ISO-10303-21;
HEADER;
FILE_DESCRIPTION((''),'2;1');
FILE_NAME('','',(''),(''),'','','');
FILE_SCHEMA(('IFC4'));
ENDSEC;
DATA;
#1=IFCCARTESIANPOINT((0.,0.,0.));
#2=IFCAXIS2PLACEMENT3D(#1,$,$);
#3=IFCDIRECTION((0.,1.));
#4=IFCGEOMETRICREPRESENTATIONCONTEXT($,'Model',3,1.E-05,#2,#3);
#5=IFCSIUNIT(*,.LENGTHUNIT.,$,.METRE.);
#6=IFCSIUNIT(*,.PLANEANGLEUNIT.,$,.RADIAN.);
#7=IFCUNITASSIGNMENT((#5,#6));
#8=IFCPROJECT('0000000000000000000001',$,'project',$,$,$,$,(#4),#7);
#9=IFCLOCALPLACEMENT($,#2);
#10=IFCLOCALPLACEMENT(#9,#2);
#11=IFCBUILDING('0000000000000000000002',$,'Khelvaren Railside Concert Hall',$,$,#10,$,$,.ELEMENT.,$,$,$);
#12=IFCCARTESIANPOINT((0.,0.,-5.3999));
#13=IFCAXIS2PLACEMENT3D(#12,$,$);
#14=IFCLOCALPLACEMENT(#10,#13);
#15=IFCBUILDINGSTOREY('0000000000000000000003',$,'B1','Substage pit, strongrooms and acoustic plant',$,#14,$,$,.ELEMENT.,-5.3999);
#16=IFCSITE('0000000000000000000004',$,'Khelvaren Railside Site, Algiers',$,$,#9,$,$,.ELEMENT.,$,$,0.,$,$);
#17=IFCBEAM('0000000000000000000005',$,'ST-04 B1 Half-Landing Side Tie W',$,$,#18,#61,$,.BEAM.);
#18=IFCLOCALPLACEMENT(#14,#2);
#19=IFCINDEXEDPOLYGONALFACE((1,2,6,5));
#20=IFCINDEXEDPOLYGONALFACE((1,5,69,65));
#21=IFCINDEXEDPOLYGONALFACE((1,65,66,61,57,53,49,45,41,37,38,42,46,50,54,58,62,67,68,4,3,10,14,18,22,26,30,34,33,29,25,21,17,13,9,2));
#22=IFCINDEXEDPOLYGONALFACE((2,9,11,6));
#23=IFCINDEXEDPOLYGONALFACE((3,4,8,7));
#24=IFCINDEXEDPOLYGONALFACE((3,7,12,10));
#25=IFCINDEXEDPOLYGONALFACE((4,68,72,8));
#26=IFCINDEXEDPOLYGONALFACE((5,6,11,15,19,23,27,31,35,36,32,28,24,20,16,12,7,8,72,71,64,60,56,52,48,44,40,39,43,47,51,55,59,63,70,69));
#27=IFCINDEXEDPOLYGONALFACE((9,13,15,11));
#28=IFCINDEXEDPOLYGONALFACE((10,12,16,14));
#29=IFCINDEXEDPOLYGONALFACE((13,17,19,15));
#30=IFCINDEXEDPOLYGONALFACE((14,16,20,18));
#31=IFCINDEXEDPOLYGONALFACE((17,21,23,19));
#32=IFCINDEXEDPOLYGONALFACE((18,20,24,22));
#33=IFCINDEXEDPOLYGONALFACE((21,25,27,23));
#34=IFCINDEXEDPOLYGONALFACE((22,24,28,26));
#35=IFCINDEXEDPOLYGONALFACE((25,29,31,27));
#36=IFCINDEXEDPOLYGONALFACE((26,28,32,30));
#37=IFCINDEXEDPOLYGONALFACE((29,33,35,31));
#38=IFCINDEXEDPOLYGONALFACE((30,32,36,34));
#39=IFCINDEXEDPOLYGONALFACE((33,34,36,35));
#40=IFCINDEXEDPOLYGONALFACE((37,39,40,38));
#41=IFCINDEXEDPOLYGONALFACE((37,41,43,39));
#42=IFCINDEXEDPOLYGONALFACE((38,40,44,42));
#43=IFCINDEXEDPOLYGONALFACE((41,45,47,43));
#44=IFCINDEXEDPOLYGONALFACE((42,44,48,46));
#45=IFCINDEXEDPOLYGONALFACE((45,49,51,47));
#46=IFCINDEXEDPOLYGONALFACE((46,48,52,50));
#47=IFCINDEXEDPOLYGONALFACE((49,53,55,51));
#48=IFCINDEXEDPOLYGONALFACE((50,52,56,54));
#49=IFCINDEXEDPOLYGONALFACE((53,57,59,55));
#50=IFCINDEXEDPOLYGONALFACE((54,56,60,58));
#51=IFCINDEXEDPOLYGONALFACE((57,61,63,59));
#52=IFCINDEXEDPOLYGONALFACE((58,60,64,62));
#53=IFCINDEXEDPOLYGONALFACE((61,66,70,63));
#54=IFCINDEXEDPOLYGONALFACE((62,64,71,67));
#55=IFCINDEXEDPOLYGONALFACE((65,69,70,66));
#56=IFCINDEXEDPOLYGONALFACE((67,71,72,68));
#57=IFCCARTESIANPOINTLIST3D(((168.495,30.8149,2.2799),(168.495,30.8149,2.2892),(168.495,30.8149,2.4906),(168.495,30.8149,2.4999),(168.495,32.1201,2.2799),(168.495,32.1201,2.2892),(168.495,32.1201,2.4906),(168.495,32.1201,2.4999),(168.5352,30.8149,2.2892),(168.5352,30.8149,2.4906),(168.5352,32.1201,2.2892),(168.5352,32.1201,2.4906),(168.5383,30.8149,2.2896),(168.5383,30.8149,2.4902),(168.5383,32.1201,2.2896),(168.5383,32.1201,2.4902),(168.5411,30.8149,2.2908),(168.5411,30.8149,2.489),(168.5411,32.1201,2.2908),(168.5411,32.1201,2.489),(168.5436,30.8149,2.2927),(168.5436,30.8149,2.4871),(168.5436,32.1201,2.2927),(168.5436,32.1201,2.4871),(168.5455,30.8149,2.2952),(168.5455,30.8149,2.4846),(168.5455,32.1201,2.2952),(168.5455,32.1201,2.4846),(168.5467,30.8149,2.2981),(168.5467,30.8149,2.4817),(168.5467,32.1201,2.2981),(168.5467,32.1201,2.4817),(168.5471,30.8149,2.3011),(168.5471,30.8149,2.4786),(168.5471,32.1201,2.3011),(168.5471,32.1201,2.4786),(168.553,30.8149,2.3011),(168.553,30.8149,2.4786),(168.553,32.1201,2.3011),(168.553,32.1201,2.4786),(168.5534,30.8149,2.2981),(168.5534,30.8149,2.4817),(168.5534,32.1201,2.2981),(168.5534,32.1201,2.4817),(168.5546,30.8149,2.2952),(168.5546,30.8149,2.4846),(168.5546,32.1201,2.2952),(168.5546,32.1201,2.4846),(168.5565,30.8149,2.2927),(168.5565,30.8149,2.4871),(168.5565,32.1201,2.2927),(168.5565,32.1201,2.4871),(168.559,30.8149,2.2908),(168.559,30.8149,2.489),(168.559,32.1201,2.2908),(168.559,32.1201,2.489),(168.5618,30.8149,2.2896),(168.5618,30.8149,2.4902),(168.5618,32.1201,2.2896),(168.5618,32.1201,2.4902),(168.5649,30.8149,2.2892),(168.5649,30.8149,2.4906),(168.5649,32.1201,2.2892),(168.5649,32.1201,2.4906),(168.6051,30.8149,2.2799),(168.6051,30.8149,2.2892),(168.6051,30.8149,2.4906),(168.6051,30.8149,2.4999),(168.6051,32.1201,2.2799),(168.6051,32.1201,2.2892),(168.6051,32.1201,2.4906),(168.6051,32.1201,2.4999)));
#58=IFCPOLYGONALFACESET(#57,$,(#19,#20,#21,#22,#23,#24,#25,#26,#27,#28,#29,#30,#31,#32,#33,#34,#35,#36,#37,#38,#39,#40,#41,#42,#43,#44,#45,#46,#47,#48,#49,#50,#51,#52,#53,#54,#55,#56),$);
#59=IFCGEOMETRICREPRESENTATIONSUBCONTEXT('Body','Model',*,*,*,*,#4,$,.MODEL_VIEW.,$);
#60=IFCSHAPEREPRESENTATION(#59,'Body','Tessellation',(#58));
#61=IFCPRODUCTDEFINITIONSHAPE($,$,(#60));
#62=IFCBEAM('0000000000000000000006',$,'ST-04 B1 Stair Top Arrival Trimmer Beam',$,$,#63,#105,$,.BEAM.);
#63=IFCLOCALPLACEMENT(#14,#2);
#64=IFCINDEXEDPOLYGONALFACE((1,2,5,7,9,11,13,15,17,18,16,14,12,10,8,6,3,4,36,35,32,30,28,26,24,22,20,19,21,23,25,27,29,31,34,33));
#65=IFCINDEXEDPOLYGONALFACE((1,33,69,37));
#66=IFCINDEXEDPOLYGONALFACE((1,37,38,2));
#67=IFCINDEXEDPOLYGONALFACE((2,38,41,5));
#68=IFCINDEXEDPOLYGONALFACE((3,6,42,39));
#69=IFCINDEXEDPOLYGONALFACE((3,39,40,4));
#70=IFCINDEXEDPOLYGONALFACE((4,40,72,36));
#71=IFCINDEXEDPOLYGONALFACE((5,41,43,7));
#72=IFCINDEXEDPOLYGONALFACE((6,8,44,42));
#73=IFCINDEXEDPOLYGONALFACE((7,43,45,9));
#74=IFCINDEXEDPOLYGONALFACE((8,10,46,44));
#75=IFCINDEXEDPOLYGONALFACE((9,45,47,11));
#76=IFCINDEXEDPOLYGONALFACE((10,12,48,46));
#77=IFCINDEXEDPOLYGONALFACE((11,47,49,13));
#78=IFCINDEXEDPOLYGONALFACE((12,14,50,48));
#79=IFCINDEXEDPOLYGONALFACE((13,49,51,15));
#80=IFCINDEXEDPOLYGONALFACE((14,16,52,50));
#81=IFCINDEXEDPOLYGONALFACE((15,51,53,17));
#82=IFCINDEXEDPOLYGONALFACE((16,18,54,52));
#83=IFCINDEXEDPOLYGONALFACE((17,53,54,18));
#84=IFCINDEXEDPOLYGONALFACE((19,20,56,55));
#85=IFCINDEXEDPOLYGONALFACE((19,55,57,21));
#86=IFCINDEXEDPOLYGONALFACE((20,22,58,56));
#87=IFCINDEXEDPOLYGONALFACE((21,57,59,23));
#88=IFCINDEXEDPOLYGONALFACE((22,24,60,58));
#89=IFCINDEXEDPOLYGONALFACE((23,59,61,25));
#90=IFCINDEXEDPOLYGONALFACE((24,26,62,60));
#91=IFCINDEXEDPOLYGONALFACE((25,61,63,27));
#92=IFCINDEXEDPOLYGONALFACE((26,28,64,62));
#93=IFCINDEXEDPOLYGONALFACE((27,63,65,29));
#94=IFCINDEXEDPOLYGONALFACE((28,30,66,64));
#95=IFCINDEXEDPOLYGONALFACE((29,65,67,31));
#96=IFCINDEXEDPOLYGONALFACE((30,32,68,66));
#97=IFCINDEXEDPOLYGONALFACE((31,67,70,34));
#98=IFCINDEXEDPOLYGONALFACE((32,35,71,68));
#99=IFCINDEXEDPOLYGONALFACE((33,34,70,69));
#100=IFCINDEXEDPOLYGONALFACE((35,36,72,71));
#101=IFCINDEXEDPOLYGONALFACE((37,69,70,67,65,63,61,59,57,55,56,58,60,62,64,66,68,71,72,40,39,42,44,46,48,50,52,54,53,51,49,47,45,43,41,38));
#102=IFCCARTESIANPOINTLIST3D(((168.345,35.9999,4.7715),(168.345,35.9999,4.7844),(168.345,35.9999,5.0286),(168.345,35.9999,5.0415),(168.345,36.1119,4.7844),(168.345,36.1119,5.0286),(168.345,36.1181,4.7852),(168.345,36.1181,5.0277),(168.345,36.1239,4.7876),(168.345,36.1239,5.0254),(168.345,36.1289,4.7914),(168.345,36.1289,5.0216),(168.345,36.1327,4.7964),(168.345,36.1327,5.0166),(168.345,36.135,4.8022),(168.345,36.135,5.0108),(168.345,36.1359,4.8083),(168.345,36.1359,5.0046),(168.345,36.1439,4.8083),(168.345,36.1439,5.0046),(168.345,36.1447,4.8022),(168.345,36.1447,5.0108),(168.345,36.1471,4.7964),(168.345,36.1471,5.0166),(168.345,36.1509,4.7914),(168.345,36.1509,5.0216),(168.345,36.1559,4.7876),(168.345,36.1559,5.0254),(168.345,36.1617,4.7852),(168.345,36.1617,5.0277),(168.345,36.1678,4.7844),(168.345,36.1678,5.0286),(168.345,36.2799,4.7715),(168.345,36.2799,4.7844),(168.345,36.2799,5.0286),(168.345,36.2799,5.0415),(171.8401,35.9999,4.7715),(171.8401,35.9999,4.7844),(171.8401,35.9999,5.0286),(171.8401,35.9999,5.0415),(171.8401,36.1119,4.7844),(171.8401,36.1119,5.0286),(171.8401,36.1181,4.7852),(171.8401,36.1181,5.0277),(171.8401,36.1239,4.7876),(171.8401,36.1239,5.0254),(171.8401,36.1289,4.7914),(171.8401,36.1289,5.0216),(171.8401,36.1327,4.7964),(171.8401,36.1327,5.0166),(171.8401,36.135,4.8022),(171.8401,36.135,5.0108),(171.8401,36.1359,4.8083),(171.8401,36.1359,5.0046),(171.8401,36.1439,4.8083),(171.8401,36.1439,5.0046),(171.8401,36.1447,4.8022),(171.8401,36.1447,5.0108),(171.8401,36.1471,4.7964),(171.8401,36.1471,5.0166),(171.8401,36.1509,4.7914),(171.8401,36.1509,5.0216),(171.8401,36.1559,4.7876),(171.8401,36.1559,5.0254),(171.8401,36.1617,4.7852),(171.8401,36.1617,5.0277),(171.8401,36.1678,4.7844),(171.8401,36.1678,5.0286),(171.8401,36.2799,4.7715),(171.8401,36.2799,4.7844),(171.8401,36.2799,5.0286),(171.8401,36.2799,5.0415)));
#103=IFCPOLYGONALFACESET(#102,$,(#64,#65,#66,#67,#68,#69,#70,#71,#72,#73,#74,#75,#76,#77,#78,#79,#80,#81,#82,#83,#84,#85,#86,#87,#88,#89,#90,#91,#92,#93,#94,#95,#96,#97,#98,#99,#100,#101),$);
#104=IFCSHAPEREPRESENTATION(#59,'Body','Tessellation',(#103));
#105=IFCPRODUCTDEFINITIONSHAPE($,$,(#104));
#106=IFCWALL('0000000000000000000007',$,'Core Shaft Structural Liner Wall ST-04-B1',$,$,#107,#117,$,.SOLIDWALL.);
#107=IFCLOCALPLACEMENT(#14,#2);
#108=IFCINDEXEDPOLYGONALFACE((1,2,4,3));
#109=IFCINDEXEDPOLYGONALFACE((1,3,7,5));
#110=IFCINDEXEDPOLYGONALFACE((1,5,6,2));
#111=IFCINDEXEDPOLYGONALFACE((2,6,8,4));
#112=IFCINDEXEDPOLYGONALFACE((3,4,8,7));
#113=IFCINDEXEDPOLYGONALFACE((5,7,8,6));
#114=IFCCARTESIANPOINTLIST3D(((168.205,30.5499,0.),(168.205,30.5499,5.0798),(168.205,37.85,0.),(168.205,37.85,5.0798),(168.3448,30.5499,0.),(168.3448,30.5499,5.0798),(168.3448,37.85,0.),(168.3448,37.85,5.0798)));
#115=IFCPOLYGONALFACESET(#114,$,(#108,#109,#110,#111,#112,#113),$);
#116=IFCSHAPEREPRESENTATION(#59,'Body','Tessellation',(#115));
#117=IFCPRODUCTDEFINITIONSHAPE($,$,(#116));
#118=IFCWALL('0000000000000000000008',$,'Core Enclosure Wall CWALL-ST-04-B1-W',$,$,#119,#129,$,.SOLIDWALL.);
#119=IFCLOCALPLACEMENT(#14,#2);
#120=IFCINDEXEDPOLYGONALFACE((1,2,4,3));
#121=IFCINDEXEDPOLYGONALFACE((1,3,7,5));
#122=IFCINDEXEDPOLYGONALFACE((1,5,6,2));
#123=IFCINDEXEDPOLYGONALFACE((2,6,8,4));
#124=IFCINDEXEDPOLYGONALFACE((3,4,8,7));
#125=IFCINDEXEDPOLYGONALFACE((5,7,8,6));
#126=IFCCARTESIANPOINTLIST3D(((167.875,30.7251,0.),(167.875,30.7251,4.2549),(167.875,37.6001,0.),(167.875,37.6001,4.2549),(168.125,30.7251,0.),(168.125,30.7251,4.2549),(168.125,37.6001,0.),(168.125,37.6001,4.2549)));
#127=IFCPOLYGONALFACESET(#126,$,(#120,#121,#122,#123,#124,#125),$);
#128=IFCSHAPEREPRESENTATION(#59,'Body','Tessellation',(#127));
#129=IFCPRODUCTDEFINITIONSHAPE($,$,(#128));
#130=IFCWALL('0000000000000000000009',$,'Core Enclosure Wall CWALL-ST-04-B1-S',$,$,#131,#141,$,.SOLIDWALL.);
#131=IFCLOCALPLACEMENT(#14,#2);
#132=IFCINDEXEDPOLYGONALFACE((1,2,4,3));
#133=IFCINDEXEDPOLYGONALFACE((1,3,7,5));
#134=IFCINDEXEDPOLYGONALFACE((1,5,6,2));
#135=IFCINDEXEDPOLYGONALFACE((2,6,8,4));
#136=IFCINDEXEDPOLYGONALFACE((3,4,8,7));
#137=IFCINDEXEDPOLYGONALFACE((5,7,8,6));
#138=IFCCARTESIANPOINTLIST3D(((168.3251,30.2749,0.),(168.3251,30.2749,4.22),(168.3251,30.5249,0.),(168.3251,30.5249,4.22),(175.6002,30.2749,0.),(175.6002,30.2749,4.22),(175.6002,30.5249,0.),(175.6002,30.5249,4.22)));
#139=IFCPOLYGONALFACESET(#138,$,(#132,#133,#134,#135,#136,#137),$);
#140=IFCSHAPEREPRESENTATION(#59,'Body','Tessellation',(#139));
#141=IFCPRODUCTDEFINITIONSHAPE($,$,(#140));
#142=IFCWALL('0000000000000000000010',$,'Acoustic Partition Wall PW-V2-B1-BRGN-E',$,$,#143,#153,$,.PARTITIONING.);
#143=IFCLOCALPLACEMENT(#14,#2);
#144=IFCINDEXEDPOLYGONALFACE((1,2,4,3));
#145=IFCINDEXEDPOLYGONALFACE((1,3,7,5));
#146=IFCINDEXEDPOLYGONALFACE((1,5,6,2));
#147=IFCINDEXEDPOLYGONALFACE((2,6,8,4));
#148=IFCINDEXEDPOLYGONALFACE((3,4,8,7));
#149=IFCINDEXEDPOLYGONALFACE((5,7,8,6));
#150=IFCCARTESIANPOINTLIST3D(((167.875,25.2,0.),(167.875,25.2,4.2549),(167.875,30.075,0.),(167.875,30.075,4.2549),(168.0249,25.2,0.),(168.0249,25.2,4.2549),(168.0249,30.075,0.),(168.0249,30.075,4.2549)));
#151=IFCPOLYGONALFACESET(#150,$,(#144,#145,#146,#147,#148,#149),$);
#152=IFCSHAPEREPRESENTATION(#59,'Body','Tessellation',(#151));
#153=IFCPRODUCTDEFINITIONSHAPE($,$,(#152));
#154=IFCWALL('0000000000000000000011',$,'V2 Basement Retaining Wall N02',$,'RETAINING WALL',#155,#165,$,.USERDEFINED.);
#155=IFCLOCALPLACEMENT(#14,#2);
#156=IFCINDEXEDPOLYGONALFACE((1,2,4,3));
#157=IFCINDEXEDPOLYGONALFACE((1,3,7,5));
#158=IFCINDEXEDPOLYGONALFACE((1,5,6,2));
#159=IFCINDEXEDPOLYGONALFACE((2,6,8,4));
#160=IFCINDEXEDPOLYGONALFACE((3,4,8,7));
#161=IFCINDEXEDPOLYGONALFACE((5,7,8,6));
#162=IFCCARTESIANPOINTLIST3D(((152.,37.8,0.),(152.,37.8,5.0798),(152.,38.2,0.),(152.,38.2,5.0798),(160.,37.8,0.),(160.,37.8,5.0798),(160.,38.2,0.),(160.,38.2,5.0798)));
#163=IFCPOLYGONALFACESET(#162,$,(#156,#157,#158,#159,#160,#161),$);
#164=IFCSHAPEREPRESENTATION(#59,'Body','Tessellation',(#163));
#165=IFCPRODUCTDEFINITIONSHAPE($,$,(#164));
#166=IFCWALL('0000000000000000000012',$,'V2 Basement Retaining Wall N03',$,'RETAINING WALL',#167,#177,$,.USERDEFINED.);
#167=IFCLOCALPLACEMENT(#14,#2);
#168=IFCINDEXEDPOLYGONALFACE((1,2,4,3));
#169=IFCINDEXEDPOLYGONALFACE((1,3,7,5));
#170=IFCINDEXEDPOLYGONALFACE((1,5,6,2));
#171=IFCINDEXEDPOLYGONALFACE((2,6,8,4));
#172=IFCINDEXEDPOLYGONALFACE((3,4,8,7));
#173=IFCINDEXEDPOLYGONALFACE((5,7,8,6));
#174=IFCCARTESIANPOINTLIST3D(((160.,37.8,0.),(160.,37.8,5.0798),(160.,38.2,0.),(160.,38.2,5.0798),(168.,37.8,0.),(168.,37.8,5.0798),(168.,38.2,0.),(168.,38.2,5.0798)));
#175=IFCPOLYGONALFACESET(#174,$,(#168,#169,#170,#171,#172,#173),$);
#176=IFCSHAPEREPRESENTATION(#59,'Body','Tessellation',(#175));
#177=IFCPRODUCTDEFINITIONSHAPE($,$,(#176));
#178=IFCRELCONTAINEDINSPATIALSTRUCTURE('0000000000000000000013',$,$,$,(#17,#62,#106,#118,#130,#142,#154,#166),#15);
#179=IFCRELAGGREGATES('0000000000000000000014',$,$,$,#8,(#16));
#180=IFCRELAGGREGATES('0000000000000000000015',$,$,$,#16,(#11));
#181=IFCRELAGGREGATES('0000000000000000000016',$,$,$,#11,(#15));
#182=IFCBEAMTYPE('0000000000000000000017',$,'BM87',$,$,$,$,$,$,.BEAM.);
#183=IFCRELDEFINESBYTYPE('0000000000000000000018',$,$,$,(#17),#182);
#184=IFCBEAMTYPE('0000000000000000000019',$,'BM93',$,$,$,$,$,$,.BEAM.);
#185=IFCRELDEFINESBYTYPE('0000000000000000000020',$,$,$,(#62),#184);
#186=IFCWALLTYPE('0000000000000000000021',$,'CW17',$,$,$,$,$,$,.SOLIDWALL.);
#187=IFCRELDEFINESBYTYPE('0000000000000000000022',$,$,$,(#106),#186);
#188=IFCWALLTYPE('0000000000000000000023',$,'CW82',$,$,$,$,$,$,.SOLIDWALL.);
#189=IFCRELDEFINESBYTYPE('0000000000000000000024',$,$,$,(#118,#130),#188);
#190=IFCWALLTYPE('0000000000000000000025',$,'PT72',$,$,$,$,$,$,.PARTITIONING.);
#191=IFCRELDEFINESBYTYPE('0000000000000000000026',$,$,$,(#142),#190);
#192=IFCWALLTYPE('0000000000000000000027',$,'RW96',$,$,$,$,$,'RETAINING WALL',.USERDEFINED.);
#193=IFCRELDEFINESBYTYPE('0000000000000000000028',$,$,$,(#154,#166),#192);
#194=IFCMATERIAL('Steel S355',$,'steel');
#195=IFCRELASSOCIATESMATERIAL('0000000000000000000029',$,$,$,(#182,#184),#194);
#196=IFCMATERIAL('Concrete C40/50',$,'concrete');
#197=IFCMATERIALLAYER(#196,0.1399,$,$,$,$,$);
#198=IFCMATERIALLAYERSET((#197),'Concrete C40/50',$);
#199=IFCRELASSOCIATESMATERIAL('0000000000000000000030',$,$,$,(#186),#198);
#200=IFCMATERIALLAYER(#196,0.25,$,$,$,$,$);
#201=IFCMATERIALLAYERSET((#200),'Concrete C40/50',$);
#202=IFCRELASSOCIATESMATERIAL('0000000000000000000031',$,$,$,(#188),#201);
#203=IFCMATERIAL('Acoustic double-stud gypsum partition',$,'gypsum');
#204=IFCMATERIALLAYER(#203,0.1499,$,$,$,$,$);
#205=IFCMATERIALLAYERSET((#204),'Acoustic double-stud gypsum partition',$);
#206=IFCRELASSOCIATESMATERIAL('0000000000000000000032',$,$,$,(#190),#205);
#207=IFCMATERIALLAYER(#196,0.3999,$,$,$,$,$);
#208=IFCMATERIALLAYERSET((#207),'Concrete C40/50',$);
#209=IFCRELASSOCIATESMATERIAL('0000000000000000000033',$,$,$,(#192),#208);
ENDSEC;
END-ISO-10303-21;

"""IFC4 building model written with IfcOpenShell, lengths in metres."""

from ifc_helpers import new_model, si_unit, direction, frame, frame_2d, origin, origin_2d, place, context, subcontext, project, spatial, rectangle, i_section, extrude, material, layer, layer_set, material_profile, profile_set, type_object, element, save


model = new_model("IFC4")

# Units and contexts
model_context = context("Model", 3, precision=1e-05, world=origin(), true_north=direction((0.0, 1.0)))
body_context = subcontext(model_context, "Body", "Model", "MODEL_VIEW")
ifc_project = project(units=[si_unit("LENGTHUNIT", "METRE"), si_unit("PLANEANGLEUNIT", "RADIAN")], contexts=[model_context])

# Site, building, storey
site_placement = place(None, origin())
site = spatial("IfcSite", under=ifc_project, at=site_placement, Name="Khelvaren Railside Site, Algiers", CompositionType="ELEMENT", RefElevation=0.0)
building_placement = place(site_placement, origin())
building = spatial("IfcBuilding", under=site, at=building_placement, Name="Khelvaren Railside Concert Hall", CompositionType="ELEMENT")
storey_placement = place(building_placement, frame((0.0, 0.0, -5.3999)))
storey = spatial("IfcBuildingStorey", under=building, at=storey_placement, Name="B1", Description="Substage pit, strongrooms and acoustic plant", CompositionType="ELEMENT", Elevation=-5.3999)

# Beams
ifc_material_1 = material(Name="Steel S355", Category="steel")
ifc_material_profile_1 = material_profile(ifc_material_1, i_section(OverallWidth=0.1101, OverallDepth=0.22, WebThickness=0.0059, FlangeThickness=0.0093, FilletRadius=0.012, at=origin_2d()), Name="IPE 220")
ifc_profile_set_1 = profile_set([ifc_material_profile_1], Name="Steel S355")
beam_type_1 = type_object("IfcBeamType", Name="BM87", PredefinedType="BEAM", material=ifc_profile_set_1)
beam_1_placement = place(storey_placement, frame((168.55, 30.8149, 2.3899), z_axis=(0.0, 1.0, 0.0), x_axis=(-1.0, 0.0, 0.0)))
element("IfcBeam", 1, at=beam_1_placement, inside=storey, type_object=beam_type_1, Name="ST-04 B1 Half-Landing Side Tie W", PredefinedType="BEAM", context=body_context, shape_type="SweptSolid", body=[
    extrude(i_section(OverallWidth=0.1101, OverallDepth=0.22, WebThickness=0.0059, FlangeThickness=0.0093, FilletRadius=0.012, at=origin_2d()), origin(), (0.0, 0.0, 1.0), 1.3052),
])
ifc_material_profile_2 = material_profile(ifc_material_1, i_section(OverallWidth=0.28, OverallDepth=0.27, WebThickness=0.0081, FlangeThickness=0.0129, FilletRadius=0.0239, at=origin_2d()), Name="HEA 280")
ifc_profile_set_2 = profile_set([ifc_material_profile_2], Name="Steel S355")
beam_type_2 = type_object("IfcBeamType", Name="BM93", PredefinedType="BEAM", material=ifc_profile_set_2)
beam_2_placement = place(storey_placement, frame((168.345, 36.1399, 4.9065), z_axis=(1.0, 0.0, 0.0), x_axis=(0.0, 1.0, 0.0)))
element("IfcBeam", 2, at=beam_2_placement, inside=storey, type_object=beam_type_2, Name="ST-04 B1 Stair Top Arrival Trimmer Beam", PredefinedType="BEAM", context=body_context, shape_type="SweptSolid", body=[
    extrude(i_section(OverallWidth=0.28, OverallDepth=0.27, WebThickness=0.0081, FlangeThickness=0.0129, FilletRadius=0.0239, at=origin_2d()), origin(), (0.0, 0.0, 1.0), 3.4951),
])

# Walls
ifc_material_2 = material(Name="Concrete C40/50", Category="concrete")
ifc_layer_1 = layer(ifc_material_2, 0.1399)
ifc_layer_set_1 = layer_set([ifc_layer_1], Name="Concrete C40/50")
wall_type_1 = type_object("IfcWallType", Name="CW17", PredefinedType="SOLIDWALL", material=ifc_layer_set_1)
wall_1_placement = place(storey_placement, frame((168.2749, 30.55, 0.0), z_axis=(0.0, 0.0, 1.0), x_axis=(0.0, 1.0, 0.0)))
element("IfcWall", 3, at=wall_1_placement, inside=storey, type_object=wall_type_1, Name="Core Shaft Structural Liner Wall ST-04-B1", PredefinedType="SOLIDWALL", context=body_context, shape_type="SweptSolid", body=[
    extrude(rectangle(XDim=7.3, YDim=0.1399, at=frame_2d((3.6499, 0.0))), origin(), (0.0, 0.0, 1.0), 5.0798),
])
ifc_layer_2 = layer(ifc_material_2, 0.25)
ifc_layer_set_2 = layer_set([ifc_layer_2], Name="Concrete C40/50")
wall_type_2 = type_object("IfcWallType", Name="CW82", PredefinedType="SOLIDWALL", material=ifc_layer_set_2)
wall_2_placement = place(storey_placement, frame((168.0, 30.7251, 0.0), z_axis=(0.0, 0.0, 1.0), x_axis=(0.0, 1.0, 0.0)))
element("IfcWall", 4, at=wall_2_placement, inside=storey, type_object=wall_type_2, Name="Core Enclosure Wall CWALL-ST-04-B1-W", PredefinedType="SOLIDWALL", context=body_context, shape_type="SweptSolid", body=[
    extrude(rectangle(XDim=6.875, YDim=0.25, at=frame_2d((3.4375, 0.0))), origin(), (0.0, 0.0, 1.0), 4.2549),
])
wall_3_placement = place(storey_placement, frame((168.325, 30.3999, 0.0), z_axis=(0.0, 0.0, 1.0), x_axis=(1.0, 0.0, 0.0)))
element("IfcWall", 5, at=wall_3_placement, inside=storey, type_object=wall_type_2, Name="Core Enclosure Wall CWALL-ST-04-B1-S", PredefinedType="SOLIDWALL", context=body_context, shape_type="SweptSolid", body=[
    extrude(rectangle(XDim=7.2751, YDim=0.25, at=frame_2d((3.6377, 0.0))), origin(), (0.0, 0.0, 1.0), 4.22),
])

# Shared definitions
ifc_material_3 = material(Name="Acoustic double-stud gypsum partition", Category="gypsum")
ifc_layer_3 = layer(ifc_material_3, 0.1499)
ifc_layer_set_3 = layer_set([ifc_layer_3], Name="Acoustic double-stud gypsum partition")
wall_type_3 = type_object("IfcWallType", Name="PT72", PredefinedType="PARTITIONING", material=ifc_layer_set_3)

# Walls
wall_4_placement = place(storey_placement, frame((167.95, 25.2, 0.0), z_axis=(0.0, 0.0, 1.0), x_axis=(0.0, 1.0, 0.0)))
element("IfcWall", 6, at=wall_4_placement, inside=storey, type_object=wall_type_3, Name="Acoustic Partition Wall PW-V2-B1-BRGN-E", PredefinedType="PARTITIONING", context=body_context, shape_type="SweptSolid", body=[
    extrude(rectangle(XDim=4.875, YDim=0.1499, at=frame_2d((2.4375, 0.0))), origin(), (0.0, 0.0, 1.0), 4.2549),
])
ifc_layer_4 = layer(ifc_material_2, 0.3999)
ifc_layer_set_4 = layer_set([ifc_layer_4], Name="Concrete C40/50")
wall_type_4 = type_object("IfcWallType", Name="RW96", ElementType="RETAINING WALL", PredefinedType="USERDEFINED", material=ifc_layer_set_4)
for number, where, z_axis, x_axis, name in (
    (7, (160.0, 38.0, 0.0), (0.0, 0.0, 1.0), (-1.0, 0.0, 0.0), "V2 Basement Retaining Wall N02"),
    (8, (168.0, 38.0, 0.0), (0.0, 0.0, 1.0), (-1.0, 0.0, 0.0), "V2 Basement Retaining Wall N03"),
):
    element("IfcWall", number, at=place(storey_placement, frame(where, z_axis=z_axis, x_axis=x_axis)), inside=storey, type_object=wall_type_4, Name=name, ObjectType="RETAINING WALL", PredefinedType="USERDEFINED", context=body_context, shape_type="SweptSolid", body=[
        extrude(rectangle(XDim=8.0, YDim=0.3999, at=frame_2d((4.0, 0.0))), origin(), (0.0, 0.0, 1.0), 5.0798),
    ])

save(model, "model.ifc")
